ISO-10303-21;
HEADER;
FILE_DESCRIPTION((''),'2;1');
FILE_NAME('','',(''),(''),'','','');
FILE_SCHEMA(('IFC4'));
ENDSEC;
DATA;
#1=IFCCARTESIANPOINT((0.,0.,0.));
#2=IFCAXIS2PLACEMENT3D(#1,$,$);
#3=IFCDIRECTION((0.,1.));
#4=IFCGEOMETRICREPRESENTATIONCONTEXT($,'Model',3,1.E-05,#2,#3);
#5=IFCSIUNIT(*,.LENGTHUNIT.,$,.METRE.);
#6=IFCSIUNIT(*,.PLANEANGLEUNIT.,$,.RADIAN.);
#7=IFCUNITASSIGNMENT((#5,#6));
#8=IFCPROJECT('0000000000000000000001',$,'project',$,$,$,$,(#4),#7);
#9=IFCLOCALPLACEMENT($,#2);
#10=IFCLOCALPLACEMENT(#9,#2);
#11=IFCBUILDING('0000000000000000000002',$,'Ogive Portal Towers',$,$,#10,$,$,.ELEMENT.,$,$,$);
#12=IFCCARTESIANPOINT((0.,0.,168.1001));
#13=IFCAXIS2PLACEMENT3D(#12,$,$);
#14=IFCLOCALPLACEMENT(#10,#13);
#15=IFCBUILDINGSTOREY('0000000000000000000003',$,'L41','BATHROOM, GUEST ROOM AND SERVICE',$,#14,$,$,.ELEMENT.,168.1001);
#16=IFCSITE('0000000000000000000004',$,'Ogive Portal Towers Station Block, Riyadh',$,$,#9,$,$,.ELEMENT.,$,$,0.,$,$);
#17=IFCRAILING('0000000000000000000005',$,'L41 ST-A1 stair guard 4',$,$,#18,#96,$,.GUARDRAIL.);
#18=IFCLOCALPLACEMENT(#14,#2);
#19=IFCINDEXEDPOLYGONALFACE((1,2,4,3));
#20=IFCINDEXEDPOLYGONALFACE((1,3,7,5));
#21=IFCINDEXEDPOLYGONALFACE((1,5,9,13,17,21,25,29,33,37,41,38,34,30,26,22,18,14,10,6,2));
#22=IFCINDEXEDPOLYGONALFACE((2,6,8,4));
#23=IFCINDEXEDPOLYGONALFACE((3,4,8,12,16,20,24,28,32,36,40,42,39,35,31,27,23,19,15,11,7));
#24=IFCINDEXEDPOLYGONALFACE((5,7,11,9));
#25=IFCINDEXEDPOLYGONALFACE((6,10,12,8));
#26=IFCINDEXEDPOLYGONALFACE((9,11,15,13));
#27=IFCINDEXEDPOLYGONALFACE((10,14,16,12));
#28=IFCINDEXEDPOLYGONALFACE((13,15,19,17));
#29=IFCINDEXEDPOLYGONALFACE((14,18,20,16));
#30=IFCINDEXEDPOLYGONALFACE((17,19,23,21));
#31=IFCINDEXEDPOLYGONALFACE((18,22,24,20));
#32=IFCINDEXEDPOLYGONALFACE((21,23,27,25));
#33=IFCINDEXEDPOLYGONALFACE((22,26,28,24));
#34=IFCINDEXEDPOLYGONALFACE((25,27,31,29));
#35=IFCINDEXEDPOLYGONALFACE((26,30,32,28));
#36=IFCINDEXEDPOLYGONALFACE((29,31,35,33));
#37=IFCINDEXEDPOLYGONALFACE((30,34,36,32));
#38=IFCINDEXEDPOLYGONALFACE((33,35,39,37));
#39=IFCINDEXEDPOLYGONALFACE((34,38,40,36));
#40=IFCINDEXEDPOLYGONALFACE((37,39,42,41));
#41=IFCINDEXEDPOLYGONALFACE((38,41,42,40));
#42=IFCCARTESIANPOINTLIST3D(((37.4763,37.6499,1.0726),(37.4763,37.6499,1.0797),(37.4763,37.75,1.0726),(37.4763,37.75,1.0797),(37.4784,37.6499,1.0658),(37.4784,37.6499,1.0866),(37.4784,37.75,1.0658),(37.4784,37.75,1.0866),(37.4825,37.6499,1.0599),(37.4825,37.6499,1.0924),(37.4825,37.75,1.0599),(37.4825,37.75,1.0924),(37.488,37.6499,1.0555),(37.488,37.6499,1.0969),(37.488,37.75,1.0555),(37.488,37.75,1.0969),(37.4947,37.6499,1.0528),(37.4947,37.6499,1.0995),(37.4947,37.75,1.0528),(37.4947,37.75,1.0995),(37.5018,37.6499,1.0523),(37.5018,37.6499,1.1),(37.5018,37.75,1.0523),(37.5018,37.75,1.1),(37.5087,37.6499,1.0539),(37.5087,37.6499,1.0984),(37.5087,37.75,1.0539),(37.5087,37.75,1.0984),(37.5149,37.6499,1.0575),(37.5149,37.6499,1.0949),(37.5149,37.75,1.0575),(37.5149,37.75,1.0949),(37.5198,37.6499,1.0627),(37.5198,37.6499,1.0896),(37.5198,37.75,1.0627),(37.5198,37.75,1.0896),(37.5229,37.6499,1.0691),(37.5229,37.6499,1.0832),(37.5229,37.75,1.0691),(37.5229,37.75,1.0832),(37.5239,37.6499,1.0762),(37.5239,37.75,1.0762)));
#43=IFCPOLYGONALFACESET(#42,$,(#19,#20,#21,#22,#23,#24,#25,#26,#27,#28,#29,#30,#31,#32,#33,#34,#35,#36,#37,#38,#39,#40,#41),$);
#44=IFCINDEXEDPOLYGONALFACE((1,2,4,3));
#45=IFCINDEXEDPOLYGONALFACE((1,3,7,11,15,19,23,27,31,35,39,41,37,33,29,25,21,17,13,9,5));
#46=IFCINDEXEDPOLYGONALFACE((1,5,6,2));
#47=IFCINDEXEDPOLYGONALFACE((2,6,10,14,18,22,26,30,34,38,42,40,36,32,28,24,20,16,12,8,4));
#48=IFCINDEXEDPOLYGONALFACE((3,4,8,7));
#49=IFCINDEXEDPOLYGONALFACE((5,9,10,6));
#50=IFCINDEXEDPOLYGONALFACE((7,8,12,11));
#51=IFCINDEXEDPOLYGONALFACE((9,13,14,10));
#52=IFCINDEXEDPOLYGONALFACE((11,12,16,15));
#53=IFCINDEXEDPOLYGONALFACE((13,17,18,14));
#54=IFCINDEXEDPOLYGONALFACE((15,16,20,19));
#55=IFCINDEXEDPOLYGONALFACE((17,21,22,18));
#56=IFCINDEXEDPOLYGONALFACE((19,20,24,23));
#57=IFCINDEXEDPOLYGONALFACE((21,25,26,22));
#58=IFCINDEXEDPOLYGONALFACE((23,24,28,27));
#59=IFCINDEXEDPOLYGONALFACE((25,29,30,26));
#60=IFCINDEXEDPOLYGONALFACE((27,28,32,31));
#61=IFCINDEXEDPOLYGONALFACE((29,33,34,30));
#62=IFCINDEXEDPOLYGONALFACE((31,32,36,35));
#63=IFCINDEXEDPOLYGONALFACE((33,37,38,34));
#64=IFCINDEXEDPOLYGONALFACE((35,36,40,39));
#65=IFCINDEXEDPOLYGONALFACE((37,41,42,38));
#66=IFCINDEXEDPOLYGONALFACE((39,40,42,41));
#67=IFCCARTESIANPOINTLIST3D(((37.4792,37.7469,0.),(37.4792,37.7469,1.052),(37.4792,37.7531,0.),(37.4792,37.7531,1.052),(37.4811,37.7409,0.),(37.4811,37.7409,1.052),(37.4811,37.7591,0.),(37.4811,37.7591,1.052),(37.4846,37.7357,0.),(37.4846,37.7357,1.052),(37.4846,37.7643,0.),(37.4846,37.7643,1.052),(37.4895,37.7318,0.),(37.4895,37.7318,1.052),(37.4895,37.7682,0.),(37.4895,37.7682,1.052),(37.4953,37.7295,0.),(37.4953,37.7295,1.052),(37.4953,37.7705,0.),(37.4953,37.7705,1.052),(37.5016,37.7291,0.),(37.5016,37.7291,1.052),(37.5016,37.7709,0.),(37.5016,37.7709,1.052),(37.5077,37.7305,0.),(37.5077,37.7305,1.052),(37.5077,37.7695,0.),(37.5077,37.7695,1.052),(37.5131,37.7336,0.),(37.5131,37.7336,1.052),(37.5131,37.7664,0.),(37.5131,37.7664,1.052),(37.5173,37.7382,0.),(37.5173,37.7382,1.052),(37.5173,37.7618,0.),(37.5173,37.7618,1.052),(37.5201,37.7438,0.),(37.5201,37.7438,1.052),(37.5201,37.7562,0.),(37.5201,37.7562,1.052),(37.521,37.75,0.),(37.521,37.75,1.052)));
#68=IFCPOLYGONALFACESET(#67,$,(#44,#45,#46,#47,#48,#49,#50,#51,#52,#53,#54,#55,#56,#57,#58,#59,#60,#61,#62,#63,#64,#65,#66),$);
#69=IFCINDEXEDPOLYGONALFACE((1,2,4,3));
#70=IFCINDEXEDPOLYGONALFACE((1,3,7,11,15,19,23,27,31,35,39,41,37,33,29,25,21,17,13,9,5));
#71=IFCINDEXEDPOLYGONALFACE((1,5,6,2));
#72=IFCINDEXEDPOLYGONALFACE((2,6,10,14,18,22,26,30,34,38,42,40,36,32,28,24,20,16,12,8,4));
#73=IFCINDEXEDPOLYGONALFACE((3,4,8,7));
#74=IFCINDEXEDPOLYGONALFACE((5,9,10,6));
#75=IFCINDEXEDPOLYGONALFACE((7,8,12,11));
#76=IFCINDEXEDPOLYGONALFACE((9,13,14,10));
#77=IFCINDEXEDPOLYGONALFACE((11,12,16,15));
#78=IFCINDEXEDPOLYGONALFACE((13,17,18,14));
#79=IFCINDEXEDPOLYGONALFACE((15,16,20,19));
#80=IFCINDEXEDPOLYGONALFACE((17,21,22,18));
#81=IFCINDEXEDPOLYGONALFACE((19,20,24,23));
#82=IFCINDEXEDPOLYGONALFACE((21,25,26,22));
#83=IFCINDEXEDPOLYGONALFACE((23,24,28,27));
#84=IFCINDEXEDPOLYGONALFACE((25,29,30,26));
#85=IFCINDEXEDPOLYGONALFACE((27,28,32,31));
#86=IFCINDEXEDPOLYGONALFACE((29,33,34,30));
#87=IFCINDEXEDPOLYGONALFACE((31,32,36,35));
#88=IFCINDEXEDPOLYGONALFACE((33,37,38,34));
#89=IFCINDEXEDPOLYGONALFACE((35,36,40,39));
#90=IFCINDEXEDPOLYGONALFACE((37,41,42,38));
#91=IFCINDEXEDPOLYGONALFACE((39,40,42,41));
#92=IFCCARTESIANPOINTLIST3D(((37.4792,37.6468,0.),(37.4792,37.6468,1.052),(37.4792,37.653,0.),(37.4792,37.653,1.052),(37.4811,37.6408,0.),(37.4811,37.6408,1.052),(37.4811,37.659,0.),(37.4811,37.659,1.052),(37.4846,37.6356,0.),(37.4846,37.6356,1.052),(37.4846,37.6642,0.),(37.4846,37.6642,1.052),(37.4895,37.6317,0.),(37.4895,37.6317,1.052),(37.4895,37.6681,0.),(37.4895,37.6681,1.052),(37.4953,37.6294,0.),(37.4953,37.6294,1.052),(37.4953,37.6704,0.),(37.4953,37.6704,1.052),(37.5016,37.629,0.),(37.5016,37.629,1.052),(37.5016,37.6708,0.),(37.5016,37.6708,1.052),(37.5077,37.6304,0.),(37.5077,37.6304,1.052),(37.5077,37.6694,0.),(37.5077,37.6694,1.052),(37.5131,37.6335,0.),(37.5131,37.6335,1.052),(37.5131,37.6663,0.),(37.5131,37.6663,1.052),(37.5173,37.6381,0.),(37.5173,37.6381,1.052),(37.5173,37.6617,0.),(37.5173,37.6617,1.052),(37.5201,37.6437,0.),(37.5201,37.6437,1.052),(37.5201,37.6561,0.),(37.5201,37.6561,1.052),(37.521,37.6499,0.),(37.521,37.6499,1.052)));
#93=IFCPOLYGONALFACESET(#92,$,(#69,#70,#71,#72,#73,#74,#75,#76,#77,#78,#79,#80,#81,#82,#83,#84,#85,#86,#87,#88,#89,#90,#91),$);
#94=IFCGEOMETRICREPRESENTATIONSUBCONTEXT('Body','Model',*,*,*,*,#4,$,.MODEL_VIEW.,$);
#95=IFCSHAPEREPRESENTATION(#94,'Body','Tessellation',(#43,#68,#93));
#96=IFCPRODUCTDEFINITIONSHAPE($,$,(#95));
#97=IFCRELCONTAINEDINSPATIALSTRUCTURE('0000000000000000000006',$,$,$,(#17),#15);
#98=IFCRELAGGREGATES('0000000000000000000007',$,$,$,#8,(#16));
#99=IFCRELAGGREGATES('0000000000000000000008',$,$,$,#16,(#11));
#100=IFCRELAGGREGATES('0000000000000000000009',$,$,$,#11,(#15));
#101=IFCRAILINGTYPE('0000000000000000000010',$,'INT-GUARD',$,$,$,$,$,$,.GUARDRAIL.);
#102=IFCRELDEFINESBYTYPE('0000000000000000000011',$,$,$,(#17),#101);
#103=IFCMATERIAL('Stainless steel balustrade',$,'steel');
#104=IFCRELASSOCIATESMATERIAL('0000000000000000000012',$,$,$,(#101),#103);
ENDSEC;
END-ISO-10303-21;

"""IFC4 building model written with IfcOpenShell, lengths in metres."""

from ifc_helpers import new_model, si_unit, direction, frame, origin, origin_2d, place, context, subcontext, project, spatial, circle, extrude, material, type_object, element, save


model = new_model("IFC4")

# Units and contexts
model_context = context("Model", 3, precision=1e-05, world=origin(), true_north=direction((0.0, 1.0)))
body_context = subcontext(model_context, "Body", "Model", "MODEL_VIEW")
ifc_project = project(units=[si_unit("LENGTHUNIT", "METRE"), si_unit("PLANEANGLEUNIT", "RADIAN")], contexts=[model_context])

# Site, building, storey
site_placement = place(None, origin())
site = spatial("IfcSite", under=ifc_project, at=site_placement, Name="Ogive Portal Towers Station Block, Riyadh", CompositionType="ELEMENT", RefElevation=0.0)
building_placement = place(site_placement, origin())
building = spatial("IfcBuilding", under=site, at=building_placement, Name="Ogive Portal Towers", CompositionType="ELEMENT")
storey_placement = place(building_placement, frame((0.0, 0.0, 168.1001)))
storey = spatial("IfcBuildingStorey", under=building, at=storey_placement, Name="L41", Description="BATHROOM, GUEST ROOM AND SERVICE", CompositionType="ELEMENT", Elevation=168.1001)

# Railing
ifc_material_1 = material(Name="Stainless steel balustrade", Category="steel")
railing_type = type_object("IfcRailingType", Name="INT-GUARD", PredefinedType="GUARDRAIL", material=ifc_material_1)
railing_placement = place(storey_placement, frame((37.5, 37.75, 0.0)))
element("IfcRailing", 1, at=railing_placement, inside=storey, type_object=railing_type, Name="L41 ST-A1 stair guard 4", PredefinedType="GUARDRAIL", context=body_context, shape_type="SweptSolid", body=[
    extrude(circle(Radius=0.0239, at=origin_2d()), frame((0.0, 0.0, 1.0762), z_axis=(0.0, -1.0, 0.0), x_axis=(1.0, 0.0, 0.0)), (0.0, 0.0, 1.0), 0.1001),
    extrude(circle(Radius=0.021, at=origin_2d()), origin(), (0.0, 0.0, 1.0), 1.052),
    extrude(circle(Radius=0.021, at=origin_2d()), frame((0.0, -0.1001, 0.0)), (0.0, 0.0, 1.0), 1.052),
])

save(model, "model.ifc")
